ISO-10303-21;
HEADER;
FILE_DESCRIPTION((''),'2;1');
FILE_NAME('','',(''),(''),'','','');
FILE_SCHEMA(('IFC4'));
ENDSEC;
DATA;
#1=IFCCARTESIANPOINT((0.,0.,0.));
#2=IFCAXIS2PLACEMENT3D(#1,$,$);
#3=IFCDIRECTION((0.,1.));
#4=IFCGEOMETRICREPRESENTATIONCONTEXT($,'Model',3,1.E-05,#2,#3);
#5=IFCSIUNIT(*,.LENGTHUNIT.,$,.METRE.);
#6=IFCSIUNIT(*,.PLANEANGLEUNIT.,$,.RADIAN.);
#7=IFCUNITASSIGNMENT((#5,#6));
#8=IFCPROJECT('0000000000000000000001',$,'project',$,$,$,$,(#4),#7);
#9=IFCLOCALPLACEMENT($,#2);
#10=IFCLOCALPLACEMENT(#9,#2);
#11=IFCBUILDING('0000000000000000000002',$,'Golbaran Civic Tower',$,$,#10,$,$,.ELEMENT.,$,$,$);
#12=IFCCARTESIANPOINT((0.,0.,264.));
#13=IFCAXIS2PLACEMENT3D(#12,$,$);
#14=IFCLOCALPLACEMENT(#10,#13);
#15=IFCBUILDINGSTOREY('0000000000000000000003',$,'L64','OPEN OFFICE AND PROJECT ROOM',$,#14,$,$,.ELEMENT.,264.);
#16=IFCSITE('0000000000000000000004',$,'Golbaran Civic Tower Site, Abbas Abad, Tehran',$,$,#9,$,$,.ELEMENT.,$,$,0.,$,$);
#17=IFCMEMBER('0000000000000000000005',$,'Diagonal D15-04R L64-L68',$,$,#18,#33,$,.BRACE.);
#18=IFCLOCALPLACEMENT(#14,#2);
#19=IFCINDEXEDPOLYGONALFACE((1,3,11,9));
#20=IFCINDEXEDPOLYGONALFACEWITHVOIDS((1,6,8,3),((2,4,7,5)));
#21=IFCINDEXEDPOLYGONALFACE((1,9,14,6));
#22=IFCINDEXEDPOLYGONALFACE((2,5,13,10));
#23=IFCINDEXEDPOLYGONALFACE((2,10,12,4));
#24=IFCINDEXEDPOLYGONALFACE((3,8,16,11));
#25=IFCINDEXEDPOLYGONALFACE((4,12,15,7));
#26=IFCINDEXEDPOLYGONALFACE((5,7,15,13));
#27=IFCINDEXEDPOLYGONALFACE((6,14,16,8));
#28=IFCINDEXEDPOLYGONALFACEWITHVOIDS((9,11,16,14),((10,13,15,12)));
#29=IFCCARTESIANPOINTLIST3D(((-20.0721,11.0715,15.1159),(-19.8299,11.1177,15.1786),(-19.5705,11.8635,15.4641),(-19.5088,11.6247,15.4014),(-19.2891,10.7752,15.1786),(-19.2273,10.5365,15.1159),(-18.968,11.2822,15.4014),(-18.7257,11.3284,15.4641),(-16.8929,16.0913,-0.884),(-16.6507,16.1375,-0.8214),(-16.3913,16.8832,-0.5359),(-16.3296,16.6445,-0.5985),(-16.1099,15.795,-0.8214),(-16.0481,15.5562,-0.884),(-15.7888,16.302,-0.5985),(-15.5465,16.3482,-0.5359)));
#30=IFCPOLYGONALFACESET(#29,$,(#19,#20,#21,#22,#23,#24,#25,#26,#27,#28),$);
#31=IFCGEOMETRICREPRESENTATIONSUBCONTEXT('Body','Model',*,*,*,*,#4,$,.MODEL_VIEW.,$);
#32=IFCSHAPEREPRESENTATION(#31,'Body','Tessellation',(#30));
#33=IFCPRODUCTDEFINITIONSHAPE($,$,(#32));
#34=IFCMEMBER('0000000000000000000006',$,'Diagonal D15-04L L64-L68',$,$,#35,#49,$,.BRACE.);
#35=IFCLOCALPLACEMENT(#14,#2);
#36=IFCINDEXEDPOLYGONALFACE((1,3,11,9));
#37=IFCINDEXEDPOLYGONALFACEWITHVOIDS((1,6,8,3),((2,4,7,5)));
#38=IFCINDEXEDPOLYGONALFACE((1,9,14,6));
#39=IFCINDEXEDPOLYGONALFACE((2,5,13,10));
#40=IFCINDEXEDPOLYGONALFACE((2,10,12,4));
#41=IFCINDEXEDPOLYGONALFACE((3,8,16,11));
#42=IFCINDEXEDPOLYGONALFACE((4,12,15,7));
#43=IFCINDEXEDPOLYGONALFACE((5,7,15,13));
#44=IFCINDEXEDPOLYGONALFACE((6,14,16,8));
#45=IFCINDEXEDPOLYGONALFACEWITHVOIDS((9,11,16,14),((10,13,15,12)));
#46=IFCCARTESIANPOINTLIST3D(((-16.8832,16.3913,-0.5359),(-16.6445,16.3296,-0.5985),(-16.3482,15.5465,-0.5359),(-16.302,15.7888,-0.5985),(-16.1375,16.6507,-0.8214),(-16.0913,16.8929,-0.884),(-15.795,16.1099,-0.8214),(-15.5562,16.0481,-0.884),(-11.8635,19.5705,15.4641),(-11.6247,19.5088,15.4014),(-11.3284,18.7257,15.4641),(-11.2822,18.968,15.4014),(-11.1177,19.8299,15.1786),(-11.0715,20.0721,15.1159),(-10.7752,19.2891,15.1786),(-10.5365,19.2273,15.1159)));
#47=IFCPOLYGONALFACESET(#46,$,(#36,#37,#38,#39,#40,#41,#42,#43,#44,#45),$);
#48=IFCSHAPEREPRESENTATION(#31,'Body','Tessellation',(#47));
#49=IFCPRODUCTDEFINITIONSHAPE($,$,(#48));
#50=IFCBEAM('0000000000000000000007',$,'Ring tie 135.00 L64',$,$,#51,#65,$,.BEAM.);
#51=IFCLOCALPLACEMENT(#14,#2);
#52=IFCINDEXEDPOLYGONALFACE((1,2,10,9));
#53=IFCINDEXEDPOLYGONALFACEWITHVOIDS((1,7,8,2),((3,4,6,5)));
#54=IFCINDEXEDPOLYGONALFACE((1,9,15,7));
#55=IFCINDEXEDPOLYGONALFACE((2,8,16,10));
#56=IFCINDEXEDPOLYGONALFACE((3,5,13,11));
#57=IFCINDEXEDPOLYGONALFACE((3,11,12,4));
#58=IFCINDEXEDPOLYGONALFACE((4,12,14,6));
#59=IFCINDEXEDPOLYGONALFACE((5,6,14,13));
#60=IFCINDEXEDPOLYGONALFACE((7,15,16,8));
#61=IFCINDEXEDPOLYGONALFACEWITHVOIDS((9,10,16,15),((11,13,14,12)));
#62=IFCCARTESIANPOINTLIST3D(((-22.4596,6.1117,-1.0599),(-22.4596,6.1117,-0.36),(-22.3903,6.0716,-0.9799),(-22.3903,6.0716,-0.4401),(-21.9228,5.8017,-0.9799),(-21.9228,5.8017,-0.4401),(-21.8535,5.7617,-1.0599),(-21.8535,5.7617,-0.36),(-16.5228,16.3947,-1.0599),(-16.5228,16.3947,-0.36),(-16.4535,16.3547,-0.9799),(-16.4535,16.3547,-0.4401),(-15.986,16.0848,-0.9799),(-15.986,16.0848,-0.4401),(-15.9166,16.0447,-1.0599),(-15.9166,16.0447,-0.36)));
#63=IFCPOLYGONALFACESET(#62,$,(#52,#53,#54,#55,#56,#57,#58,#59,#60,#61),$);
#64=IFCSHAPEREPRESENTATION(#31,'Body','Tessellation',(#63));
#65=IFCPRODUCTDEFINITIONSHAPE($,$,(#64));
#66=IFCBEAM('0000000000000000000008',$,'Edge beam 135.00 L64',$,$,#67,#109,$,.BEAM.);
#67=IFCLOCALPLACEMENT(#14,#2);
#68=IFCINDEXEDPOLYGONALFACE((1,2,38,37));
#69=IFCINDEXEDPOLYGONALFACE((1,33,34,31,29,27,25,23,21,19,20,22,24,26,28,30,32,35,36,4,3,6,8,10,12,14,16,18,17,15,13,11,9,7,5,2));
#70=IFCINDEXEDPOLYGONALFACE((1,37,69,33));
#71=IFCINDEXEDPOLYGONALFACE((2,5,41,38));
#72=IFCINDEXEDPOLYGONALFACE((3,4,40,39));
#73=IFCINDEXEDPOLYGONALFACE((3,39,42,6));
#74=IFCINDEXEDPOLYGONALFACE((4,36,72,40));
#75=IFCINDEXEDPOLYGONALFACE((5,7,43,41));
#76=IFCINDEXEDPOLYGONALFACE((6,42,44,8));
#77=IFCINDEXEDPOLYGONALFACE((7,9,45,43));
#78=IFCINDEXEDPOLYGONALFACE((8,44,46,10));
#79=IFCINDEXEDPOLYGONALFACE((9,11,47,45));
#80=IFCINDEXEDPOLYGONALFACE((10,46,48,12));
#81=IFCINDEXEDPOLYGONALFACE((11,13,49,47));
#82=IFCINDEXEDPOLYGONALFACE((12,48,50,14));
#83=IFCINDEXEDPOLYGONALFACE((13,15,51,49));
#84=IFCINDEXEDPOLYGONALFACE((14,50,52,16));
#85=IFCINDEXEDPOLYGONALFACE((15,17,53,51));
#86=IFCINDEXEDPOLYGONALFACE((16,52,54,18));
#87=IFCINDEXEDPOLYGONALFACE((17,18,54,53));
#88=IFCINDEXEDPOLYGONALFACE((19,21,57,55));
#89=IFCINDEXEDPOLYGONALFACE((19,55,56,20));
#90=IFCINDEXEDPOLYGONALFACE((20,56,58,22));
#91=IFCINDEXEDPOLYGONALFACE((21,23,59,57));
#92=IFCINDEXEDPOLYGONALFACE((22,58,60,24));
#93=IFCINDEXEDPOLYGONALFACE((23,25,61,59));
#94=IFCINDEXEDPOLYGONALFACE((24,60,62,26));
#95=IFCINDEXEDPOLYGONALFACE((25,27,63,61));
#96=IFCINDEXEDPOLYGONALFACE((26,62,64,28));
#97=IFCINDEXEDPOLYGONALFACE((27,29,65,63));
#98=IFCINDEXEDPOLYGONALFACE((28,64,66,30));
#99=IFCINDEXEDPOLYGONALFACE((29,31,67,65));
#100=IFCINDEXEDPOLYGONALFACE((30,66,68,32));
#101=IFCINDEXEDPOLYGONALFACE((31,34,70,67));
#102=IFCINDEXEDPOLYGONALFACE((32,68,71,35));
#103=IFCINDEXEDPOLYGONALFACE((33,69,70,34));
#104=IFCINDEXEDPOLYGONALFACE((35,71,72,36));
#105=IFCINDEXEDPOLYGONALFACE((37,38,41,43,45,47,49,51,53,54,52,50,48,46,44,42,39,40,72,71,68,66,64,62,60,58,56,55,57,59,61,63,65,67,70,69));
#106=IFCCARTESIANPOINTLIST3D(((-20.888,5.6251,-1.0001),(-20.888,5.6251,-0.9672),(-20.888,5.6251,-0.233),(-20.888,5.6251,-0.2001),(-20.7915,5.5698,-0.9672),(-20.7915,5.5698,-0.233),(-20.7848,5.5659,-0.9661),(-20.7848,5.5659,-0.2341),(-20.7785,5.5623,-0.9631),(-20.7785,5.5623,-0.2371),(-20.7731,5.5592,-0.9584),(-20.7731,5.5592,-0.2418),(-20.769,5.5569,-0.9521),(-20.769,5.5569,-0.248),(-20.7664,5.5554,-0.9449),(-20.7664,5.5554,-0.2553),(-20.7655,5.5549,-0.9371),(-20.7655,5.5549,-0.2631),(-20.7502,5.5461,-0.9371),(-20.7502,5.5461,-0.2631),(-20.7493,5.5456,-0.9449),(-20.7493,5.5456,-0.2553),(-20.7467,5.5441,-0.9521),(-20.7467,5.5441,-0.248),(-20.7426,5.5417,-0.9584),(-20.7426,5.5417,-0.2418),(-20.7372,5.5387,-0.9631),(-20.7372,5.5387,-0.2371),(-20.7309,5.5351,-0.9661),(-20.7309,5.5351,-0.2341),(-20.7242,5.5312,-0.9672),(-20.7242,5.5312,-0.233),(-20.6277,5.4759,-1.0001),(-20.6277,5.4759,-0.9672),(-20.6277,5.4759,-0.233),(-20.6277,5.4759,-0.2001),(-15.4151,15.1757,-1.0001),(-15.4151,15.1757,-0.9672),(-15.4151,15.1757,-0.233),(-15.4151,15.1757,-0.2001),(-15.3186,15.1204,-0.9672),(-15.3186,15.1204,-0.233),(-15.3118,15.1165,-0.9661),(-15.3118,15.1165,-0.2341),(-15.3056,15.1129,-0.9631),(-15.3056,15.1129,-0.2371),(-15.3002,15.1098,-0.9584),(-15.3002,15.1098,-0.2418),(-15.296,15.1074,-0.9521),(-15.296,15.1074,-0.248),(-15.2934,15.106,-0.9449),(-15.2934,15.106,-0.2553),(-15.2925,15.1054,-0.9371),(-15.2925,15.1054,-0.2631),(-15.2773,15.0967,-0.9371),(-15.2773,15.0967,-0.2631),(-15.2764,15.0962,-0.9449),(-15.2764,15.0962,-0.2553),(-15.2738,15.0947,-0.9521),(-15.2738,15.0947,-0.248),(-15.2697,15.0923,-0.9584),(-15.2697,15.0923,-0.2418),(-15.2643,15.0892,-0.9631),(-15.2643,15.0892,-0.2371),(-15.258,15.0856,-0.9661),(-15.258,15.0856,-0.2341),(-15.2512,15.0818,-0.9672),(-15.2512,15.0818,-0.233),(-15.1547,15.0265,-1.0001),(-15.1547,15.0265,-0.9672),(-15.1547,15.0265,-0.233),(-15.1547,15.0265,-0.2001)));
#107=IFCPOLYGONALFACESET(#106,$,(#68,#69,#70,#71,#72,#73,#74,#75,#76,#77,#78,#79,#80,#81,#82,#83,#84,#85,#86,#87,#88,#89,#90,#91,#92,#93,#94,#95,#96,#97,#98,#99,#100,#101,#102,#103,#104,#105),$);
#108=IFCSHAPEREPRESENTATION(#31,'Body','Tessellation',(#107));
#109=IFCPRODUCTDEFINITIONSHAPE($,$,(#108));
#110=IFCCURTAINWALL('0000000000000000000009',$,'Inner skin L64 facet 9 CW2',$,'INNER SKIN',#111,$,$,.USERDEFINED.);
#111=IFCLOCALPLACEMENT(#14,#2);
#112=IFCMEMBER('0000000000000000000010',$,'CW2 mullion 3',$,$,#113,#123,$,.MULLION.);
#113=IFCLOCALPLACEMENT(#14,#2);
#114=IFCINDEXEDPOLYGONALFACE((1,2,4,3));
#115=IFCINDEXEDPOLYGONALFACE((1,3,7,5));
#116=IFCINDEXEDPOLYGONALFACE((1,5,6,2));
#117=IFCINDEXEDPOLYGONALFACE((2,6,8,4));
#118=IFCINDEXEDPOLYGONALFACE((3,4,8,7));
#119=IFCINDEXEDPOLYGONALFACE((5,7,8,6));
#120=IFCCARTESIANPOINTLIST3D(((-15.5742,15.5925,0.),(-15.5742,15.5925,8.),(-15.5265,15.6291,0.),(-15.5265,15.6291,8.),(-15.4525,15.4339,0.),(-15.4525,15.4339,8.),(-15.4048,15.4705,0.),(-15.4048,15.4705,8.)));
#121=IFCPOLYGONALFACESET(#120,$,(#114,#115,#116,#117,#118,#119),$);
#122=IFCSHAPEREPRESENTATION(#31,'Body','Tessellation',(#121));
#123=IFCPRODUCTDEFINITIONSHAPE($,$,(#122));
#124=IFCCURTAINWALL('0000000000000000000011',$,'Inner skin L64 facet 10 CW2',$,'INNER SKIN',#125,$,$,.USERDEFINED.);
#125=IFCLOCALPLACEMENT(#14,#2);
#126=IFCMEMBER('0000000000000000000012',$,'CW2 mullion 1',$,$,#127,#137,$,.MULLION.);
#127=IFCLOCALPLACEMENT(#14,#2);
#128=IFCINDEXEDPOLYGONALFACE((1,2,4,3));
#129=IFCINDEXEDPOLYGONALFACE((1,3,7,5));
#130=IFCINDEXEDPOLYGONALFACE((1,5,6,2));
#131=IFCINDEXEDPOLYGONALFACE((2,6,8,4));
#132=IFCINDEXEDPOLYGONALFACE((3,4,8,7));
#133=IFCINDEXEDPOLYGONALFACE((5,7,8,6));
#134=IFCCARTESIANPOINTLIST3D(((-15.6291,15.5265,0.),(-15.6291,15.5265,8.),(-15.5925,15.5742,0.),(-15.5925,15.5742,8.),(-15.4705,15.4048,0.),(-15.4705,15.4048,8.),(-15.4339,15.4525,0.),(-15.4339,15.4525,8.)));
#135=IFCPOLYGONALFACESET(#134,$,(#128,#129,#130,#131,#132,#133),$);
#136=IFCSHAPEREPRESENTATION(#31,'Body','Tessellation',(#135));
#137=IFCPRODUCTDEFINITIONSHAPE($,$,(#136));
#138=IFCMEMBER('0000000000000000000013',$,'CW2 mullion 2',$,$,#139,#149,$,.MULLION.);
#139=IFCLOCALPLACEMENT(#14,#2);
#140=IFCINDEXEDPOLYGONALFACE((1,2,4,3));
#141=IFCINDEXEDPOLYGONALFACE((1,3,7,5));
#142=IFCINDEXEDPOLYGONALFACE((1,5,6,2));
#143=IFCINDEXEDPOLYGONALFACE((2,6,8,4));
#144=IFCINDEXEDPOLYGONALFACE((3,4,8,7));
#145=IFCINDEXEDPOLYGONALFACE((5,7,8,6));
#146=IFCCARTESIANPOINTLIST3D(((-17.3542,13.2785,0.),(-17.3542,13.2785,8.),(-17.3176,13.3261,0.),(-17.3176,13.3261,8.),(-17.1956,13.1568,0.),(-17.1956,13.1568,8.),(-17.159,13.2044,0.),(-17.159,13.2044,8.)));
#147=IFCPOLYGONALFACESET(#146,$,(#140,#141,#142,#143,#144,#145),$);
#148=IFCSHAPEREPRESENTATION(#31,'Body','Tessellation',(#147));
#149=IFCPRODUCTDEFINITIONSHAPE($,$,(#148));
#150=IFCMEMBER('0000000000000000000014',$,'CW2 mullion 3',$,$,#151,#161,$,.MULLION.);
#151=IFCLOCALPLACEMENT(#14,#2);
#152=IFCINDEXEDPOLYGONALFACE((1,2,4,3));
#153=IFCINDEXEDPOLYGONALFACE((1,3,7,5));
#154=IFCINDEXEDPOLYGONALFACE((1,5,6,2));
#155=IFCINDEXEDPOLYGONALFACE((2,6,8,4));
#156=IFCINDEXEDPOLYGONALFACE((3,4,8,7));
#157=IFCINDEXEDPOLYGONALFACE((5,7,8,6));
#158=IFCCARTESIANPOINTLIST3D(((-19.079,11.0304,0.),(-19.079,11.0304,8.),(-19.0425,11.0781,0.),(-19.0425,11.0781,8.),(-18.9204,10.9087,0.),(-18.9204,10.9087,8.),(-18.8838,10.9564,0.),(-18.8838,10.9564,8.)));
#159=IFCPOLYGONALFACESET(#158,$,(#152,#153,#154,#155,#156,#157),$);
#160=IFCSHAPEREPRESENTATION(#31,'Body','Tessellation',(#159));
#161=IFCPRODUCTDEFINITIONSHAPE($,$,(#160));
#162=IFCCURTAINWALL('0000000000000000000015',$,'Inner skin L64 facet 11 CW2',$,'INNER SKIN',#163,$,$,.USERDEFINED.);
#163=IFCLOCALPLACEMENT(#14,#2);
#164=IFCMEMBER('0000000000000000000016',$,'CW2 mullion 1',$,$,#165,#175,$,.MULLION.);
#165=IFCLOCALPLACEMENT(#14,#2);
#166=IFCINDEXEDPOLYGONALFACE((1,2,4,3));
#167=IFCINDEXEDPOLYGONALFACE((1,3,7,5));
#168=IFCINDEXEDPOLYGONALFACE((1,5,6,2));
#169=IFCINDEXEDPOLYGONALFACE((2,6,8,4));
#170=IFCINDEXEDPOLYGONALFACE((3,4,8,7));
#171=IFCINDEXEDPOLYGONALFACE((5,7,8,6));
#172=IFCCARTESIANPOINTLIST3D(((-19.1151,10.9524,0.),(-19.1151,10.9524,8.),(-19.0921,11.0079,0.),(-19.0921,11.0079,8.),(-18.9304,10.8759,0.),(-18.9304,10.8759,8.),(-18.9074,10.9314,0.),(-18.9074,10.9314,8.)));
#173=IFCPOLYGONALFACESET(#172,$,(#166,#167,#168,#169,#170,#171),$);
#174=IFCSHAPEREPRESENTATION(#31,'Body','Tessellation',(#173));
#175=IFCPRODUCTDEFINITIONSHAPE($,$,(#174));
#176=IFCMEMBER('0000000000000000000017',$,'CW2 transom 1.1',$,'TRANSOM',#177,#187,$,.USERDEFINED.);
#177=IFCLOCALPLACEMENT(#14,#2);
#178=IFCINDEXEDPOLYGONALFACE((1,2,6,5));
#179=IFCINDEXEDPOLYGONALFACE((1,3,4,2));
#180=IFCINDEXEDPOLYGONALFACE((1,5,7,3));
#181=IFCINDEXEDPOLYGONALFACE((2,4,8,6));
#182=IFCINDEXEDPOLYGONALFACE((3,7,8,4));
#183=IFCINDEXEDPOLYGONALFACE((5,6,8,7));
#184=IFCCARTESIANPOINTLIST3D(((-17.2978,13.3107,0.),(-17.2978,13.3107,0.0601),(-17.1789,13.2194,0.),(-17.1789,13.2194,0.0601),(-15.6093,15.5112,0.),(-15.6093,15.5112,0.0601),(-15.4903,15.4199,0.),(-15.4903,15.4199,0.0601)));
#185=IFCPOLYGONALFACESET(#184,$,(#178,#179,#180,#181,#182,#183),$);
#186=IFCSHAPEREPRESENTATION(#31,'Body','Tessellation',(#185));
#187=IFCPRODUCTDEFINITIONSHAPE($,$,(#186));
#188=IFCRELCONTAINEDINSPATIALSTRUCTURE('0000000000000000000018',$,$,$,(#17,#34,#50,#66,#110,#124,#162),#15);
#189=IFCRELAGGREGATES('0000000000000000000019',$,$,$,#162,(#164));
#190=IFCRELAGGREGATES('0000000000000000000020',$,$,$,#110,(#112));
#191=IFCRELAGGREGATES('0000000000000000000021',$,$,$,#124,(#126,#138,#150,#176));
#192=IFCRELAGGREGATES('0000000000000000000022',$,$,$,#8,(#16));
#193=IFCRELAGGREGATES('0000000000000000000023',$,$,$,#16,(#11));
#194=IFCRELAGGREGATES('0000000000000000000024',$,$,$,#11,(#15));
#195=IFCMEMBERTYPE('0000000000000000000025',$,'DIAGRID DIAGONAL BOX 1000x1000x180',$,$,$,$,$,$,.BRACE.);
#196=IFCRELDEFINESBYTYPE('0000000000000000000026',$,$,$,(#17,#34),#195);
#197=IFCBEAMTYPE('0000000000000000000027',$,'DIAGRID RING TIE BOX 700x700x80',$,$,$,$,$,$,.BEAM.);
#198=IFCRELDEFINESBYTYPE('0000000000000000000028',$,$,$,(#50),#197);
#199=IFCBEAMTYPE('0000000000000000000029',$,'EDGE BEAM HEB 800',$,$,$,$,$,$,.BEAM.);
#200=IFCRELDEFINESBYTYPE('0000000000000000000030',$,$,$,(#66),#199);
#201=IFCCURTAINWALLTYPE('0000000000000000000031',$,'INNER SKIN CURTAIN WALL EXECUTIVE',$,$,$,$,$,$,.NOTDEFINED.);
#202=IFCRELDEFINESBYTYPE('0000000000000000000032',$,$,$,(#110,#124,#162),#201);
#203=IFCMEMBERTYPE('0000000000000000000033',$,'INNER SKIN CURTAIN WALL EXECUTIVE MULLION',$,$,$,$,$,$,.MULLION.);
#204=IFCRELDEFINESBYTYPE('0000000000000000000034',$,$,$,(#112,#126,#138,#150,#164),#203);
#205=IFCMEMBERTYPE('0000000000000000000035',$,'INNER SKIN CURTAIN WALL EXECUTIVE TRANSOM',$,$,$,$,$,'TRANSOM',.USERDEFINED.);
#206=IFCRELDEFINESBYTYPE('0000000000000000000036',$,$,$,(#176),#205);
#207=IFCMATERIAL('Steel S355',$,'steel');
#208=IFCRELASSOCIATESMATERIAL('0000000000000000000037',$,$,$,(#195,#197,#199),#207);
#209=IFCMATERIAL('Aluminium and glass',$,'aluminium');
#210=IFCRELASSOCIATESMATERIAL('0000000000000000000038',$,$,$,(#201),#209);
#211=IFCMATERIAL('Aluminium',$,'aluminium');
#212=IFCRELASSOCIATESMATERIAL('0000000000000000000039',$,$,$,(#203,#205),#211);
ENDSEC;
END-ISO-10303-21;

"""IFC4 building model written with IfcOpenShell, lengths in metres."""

from ifc_helpers import new_model, si_unit, direction, frame, origin, origin_2d, place, context, subcontext, project, spatial, rectangle, hollow_rectangle, i_section, extrude, material, material_profile, profile_set, type_object, element, aggregate, save


model = new_model("IFC4")

# Units and contexts
model_context = context("Model", 3, precision=1e-05, world=origin(), true_north=direction((0.0, 1.0)))
body_context = subcontext(model_context, "Body", "Model", "MODEL_VIEW")
ifc_project = project(units=[si_unit("LENGTHUNIT", "METRE"), si_unit("PLANEANGLEUNIT", "RADIAN")], contexts=[model_context])

# Site, building, storey
site_placement = place(None, origin())
site = spatial("IfcSite", under=ifc_project, at=site_placement, Name="Golbaran Civic Tower Site, Abbas Abad, Tehran", CompositionType="ELEMENT", RefElevation=0.0)
building_placement = place(site_placement, origin())
building = spatial("IfcBuilding", under=site, at=building_placement, Name="Golbaran Civic Tower", CompositionType="ELEMENT")
storey_placement = place(building_placement, frame((0.0, 0.0, 264.0)))
storey = spatial("IfcBuildingStorey", under=building, at=storey_placement, Name="L64", Description="OPEN OFFICE AND PROJECT ROOM", CompositionType="ELEMENT", Elevation=264.0)

# Members
ifc_material_1 = material(Name="Steel S355", Category="steel")
ifc_material_profile_1 = material_profile(ifc_material_1, hollow_rectangle(XDim=1.0, YDim=1.0, WallThickness=0.1799, at=origin_2d()), Name="BOX 1000x1000x180")
ifc_profile_set_1 = profile_set([ifc_material_profile_1], Name="Steel S355")
member_type_1 = type_object("IfcMemberType", Name="DIAGRID DIAGONAL BOX 1000x1000x180", PredefinedType="BRACE", material=ifc_profile_set_1)
for number, where, z_axis, x_axis, name in (
    (1, (-16.2197, 16.2197, -0.71), (-0.18627, -0.29411, 0.937445), (0.844818, -0.535053, 0.0), "Diagonal D15-04R L64-L68"),
    (2, (-16.2197, 16.2197, -0.71), (0.29411, 0.18627, 0.937445), (-0.535053, 0.844818, 0.0), "Diagonal D15-04L L64-L68"),
):
    element("IfcMember", number, at=place(storey_placement, frame(where, z_axis=z_axis, x_axis=x_axis)), inside=storey, type_object=member_type_1, Name=name, PredefinedType="BRACE", context=body_context, shape_type="SweptSolid", body=[
        extrude(hollow_rectangle(XDim=1.0, YDim=1.0, WallThickness=0.1799, at=origin_2d()), origin(), (0.0, 0.0, 1.0), 17.0676),
    ])

# Beams
ifc_material_profile_2 = material_profile(ifc_material_1, hollow_rectangle(XDim=0.7, YDim=0.7, WallThickness=0.0801, at=origin_2d()), Name="BOX 700x700x80")
ifc_profile_set_2 = profile_set([ifc_material_profile_2], Name="Steel S355")
beam_type_1 = type_object("IfcBeamType", Name="DIAGRID RING TIE BOX 700x700x80", PredefinedType="BEAM", material=ifc_profile_set_2)
beam_1_placement = place(storey_placement, frame((-16.2197, 16.2197, -0.71), z_axis=(-0.499994, -0.866029, 0.0), x_axis=(0.866029, -0.499994, 0.0)))
element("IfcBeam", 3, at=beam_1_placement, inside=storey, type_object=beam_type_1, Name="Ring tie 135.00 L64", PredefinedType="BEAM", context=body_context, shape_type="SweptSolid", body=[
    extrude(hollow_rectangle(XDim=0.7, YDim=0.7, WallThickness=0.0801, at=origin_2d()), origin(), (0.0, 0.0, 1.0), 11.8738),
])
ifc_material_profile_3 = material_profile(ifc_material_1, i_section(OverallWidth=0.3, OverallDepth=0.8, WebThickness=0.0176, FlangeThickness=0.033, FilletRadius=0.03, at=origin_2d()), Name="HEB 800")
ifc_profile_set_3 = profile_set([ifc_material_profile_3], Name="Steel S355")
beam_type_2 = type_object("IfcBeamType", Name="EDGE BEAM HEB 800", PredefinedType="BEAM", material=ifc_profile_set_3)
beam_2_placement = place(storey_placement, frame((-15.2849, 15.1011, -0.6001), z_axis=(-0.497197, -0.867638, 0.0), x_axis=(0.867638, -0.497197, 0.0)))
element("IfcBeam", 4, at=beam_2_placement, inside=storey, type_object=beam_type_2, Name="Edge beam 135.00 L64", PredefinedType="BEAM", context=body_context, shape_type="SweptSolid", body=[
    extrude(i_section(OverallWidth=0.3, OverallDepth=0.8, WebThickness=0.0176, FlangeThickness=0.033, FilletRadius=0.03, at=origin_2d()), origin(), (0.0, 0.0, 1.0), 11.0076),
])

# Curtain wall, member
ifc_material_2 = material(Name="Aluminium and glass", Category="aluminium")
curtain_wall_type_1 = type_object("IfcCurtainWallType", Name="INNER SKIN CURTAIN WALL EXECUTIVE", PredefinedType="NOTDEFINED", material=ifc_material_2)
curtain_wall_1_placement = place(storey_placement, origin())
curtain_wall_1 = element("IfcCurtainWall", 5, at=curtain_wall_1_placement, inside=storey, type_object=curtain_wall_type_1, Name="Inner skin L64 facet 9 CW2", ObjectType="INNER SKIN", PredefinedType="USERDEFINED")
ifc_material_3 = material(Name="Aluminium", Category="aluminium")
ifc_material_profile_4 = material_profile(ifc_material_3, rectangle(XDim=0.2, YDim=0.0601, at=origin_2d()), Name="INNER SKIN CURTAIN WALL EXECUTIVE MULLION")
ifc_profile_set_4 = profile_set([ifc_material_profile_4], Name="Aluminium")
member_type_2 = type_object("IfcMemberType", Name="INNER SKIN CURTAIN WALL EXECUTIVE MULLION", PredefinedType="MULLION", material=ifc_profile_set_4)
member_1_placement = place(storey_placement, frame((-15.4895, 15.5315, 0.0), z_axis=(0.0, 0.0, 1.0), x_axis=(0.608761, -0.793353, 0.0)))
member_1 = element("IfcMember", 6, at=member_1_placement, type_object=member_type_2, Name="CW2 mullion 3", PredefinedType="MULLION", context=body_context, shape_type="SweptSolid", body=[
    extrude(rectangle(XDim=0.2, YDim=0.0601, at=origin_2d()), origin(), (0.0, 0.0, 1.0), 8.0),
])

# Curtain wall, members
curtain_wall_2_placement = place(storey_placement, origin())
curtain_wall_2 = element("IfcCurtainWall", 7, at=curtain_wall_2_placement, inside=storey, type_object=curtain_wall_type_1, Name="Inner skin L64 facet 10 CW2", ObjectType="INNER SKIN", PredefinedType="USERDEFINED")
member_2_placement = place(storey_placement, frame((-15.5315, 15.4895, 0.0), z_axis=(0.0, 0.0, 1.0), x_axis=(0.793353, -0.608761, 0.0)))
member_2 = element("IfcMember", 8, at=member_2_placement, type_object=member_type_2, Name="CW2 mullion 1", PredefinedType="MULLION", context=body_context, shape_type="SweptSolid", body=[
    extrude(rectangle(XDim=0.2, YDim=0.0601, at=origin_2d()), origin(), (0.0, 0.0, 1.0), 8.0),
])
member_3_placement = place(storey_placement, frame((-17.2566, 13.2415, 0.0), z_axis=(0.0, 0.0, 1.0), x_axis=(0.793353, -0.608761, 0.0)))
member_3 = element("IfcMember", 9, at=member_3_placement, type_object=member_type_2, Name="CW2 mullion 2", PredefinedType="MULLION", context=body_context, shape_type="SweptSolid", body=[
    extrude(rectangle(XDim=0.2, YDim=0.0601, at=origin_2d()), origin(), (0.0, 0.0, 1.0), 8.0),
])
member_4_placement = place(storey_placement, frame((-18.9814, 10.9934, 0.0), z_axis=(0.0, 0.0, 1.0), x_axis=(0.793353, -0.608761, 0.0)))
member_4 = element("IfcMember", 10, at=member_4_placement, type_object=member_type_2, Name="CW2 mullion 3", PredefinedType="MULLION", context=body_context, shape_type="SweptSolid", body=[
    extrude(rectangle(XDim=0.2, YDim=0.0601, at=origin_2d()), origin(), (0.0, 0.0, 1.0), 8.0),
])

# Curtain wall, member
curtain_wall_3_placement = place(storey_placement, origin())
curtain_wall_3 = element("IfcCurtainWall", 11, at=curtain_wall_3_placement, inside=storey, type_object=curtain_wall_type_1, Name="Inner skin L64 facet 11 CW2", ObjectType="INNER SKIN", PredefinedType="USERDEFINED")
member_5_placement = place(storey_placement, frame((-19.0112, 10.9419, 0.0), z_axis=(0.0, 0.0, 1.0), x_axis=(0.92388, -0.382683, 0.0)))
member_5 = element("IfcMember", 12, at=member_5_placement, type_object=member_type_2, Name="CW2 mullion 1", PredefinedType="MULLION", context=body_context, shape_type="SweptSolid", body=[
    extrude(rectangle(XDim=0.2, YDim=0.0601, at=origin_2d()), origin(), (0.0, 0.0, 1.0), 8.0),
])

# Member
ifc_material_profile_5 = material_profile(ifc_material_3, rectangle(XDim=0.1499, YDim=0.0601, at=origin_2d()), Name="INNER SKIN CURTAIN WALL EXECUTIVE TRANSOM")
ifc_profile_set_5 = profile_set([ifc_material_profile_5], Name="Aluminium")
member_type_3 = type_object("IfcMemberType", Name="INNER SKIN CURTAIN WALL EXECUTIVE TRANSOM", ElementType="TRANSOM", PredefinedType="USERDEFINED", material=ifc_profile_set_5)
member_6_placement = place(storey_placement, frame((-15.5498, 15.4656, 0.03), z_axis=(-0.608766, -0.79335, 0.0), x_axis=(0.79335, -0.608766, 0.0)))
member_6 = element("IfcMember", 13, at=member_6_placement, type_object=member_type_3, Name="CW2 transom 1.1", ObjectType="TRANSOM", PredefinedType="USERDEFINED", context=body_context, shape_type="SweptSolid", body=[
    extrude(rectangle(XDim=0.1499, YDim=0.0601, at=origin_2d()), origin(), (0.0, 0.0, 1.0), 2.7737),
])
aggregate(curtain_wall_3, [member_5])

aggregate(curtain_wall_1, [member_1])
aggregate(curtain_wall_2, [member_2, member_3, member_4, member_6])

save(model, "model.ifc")
